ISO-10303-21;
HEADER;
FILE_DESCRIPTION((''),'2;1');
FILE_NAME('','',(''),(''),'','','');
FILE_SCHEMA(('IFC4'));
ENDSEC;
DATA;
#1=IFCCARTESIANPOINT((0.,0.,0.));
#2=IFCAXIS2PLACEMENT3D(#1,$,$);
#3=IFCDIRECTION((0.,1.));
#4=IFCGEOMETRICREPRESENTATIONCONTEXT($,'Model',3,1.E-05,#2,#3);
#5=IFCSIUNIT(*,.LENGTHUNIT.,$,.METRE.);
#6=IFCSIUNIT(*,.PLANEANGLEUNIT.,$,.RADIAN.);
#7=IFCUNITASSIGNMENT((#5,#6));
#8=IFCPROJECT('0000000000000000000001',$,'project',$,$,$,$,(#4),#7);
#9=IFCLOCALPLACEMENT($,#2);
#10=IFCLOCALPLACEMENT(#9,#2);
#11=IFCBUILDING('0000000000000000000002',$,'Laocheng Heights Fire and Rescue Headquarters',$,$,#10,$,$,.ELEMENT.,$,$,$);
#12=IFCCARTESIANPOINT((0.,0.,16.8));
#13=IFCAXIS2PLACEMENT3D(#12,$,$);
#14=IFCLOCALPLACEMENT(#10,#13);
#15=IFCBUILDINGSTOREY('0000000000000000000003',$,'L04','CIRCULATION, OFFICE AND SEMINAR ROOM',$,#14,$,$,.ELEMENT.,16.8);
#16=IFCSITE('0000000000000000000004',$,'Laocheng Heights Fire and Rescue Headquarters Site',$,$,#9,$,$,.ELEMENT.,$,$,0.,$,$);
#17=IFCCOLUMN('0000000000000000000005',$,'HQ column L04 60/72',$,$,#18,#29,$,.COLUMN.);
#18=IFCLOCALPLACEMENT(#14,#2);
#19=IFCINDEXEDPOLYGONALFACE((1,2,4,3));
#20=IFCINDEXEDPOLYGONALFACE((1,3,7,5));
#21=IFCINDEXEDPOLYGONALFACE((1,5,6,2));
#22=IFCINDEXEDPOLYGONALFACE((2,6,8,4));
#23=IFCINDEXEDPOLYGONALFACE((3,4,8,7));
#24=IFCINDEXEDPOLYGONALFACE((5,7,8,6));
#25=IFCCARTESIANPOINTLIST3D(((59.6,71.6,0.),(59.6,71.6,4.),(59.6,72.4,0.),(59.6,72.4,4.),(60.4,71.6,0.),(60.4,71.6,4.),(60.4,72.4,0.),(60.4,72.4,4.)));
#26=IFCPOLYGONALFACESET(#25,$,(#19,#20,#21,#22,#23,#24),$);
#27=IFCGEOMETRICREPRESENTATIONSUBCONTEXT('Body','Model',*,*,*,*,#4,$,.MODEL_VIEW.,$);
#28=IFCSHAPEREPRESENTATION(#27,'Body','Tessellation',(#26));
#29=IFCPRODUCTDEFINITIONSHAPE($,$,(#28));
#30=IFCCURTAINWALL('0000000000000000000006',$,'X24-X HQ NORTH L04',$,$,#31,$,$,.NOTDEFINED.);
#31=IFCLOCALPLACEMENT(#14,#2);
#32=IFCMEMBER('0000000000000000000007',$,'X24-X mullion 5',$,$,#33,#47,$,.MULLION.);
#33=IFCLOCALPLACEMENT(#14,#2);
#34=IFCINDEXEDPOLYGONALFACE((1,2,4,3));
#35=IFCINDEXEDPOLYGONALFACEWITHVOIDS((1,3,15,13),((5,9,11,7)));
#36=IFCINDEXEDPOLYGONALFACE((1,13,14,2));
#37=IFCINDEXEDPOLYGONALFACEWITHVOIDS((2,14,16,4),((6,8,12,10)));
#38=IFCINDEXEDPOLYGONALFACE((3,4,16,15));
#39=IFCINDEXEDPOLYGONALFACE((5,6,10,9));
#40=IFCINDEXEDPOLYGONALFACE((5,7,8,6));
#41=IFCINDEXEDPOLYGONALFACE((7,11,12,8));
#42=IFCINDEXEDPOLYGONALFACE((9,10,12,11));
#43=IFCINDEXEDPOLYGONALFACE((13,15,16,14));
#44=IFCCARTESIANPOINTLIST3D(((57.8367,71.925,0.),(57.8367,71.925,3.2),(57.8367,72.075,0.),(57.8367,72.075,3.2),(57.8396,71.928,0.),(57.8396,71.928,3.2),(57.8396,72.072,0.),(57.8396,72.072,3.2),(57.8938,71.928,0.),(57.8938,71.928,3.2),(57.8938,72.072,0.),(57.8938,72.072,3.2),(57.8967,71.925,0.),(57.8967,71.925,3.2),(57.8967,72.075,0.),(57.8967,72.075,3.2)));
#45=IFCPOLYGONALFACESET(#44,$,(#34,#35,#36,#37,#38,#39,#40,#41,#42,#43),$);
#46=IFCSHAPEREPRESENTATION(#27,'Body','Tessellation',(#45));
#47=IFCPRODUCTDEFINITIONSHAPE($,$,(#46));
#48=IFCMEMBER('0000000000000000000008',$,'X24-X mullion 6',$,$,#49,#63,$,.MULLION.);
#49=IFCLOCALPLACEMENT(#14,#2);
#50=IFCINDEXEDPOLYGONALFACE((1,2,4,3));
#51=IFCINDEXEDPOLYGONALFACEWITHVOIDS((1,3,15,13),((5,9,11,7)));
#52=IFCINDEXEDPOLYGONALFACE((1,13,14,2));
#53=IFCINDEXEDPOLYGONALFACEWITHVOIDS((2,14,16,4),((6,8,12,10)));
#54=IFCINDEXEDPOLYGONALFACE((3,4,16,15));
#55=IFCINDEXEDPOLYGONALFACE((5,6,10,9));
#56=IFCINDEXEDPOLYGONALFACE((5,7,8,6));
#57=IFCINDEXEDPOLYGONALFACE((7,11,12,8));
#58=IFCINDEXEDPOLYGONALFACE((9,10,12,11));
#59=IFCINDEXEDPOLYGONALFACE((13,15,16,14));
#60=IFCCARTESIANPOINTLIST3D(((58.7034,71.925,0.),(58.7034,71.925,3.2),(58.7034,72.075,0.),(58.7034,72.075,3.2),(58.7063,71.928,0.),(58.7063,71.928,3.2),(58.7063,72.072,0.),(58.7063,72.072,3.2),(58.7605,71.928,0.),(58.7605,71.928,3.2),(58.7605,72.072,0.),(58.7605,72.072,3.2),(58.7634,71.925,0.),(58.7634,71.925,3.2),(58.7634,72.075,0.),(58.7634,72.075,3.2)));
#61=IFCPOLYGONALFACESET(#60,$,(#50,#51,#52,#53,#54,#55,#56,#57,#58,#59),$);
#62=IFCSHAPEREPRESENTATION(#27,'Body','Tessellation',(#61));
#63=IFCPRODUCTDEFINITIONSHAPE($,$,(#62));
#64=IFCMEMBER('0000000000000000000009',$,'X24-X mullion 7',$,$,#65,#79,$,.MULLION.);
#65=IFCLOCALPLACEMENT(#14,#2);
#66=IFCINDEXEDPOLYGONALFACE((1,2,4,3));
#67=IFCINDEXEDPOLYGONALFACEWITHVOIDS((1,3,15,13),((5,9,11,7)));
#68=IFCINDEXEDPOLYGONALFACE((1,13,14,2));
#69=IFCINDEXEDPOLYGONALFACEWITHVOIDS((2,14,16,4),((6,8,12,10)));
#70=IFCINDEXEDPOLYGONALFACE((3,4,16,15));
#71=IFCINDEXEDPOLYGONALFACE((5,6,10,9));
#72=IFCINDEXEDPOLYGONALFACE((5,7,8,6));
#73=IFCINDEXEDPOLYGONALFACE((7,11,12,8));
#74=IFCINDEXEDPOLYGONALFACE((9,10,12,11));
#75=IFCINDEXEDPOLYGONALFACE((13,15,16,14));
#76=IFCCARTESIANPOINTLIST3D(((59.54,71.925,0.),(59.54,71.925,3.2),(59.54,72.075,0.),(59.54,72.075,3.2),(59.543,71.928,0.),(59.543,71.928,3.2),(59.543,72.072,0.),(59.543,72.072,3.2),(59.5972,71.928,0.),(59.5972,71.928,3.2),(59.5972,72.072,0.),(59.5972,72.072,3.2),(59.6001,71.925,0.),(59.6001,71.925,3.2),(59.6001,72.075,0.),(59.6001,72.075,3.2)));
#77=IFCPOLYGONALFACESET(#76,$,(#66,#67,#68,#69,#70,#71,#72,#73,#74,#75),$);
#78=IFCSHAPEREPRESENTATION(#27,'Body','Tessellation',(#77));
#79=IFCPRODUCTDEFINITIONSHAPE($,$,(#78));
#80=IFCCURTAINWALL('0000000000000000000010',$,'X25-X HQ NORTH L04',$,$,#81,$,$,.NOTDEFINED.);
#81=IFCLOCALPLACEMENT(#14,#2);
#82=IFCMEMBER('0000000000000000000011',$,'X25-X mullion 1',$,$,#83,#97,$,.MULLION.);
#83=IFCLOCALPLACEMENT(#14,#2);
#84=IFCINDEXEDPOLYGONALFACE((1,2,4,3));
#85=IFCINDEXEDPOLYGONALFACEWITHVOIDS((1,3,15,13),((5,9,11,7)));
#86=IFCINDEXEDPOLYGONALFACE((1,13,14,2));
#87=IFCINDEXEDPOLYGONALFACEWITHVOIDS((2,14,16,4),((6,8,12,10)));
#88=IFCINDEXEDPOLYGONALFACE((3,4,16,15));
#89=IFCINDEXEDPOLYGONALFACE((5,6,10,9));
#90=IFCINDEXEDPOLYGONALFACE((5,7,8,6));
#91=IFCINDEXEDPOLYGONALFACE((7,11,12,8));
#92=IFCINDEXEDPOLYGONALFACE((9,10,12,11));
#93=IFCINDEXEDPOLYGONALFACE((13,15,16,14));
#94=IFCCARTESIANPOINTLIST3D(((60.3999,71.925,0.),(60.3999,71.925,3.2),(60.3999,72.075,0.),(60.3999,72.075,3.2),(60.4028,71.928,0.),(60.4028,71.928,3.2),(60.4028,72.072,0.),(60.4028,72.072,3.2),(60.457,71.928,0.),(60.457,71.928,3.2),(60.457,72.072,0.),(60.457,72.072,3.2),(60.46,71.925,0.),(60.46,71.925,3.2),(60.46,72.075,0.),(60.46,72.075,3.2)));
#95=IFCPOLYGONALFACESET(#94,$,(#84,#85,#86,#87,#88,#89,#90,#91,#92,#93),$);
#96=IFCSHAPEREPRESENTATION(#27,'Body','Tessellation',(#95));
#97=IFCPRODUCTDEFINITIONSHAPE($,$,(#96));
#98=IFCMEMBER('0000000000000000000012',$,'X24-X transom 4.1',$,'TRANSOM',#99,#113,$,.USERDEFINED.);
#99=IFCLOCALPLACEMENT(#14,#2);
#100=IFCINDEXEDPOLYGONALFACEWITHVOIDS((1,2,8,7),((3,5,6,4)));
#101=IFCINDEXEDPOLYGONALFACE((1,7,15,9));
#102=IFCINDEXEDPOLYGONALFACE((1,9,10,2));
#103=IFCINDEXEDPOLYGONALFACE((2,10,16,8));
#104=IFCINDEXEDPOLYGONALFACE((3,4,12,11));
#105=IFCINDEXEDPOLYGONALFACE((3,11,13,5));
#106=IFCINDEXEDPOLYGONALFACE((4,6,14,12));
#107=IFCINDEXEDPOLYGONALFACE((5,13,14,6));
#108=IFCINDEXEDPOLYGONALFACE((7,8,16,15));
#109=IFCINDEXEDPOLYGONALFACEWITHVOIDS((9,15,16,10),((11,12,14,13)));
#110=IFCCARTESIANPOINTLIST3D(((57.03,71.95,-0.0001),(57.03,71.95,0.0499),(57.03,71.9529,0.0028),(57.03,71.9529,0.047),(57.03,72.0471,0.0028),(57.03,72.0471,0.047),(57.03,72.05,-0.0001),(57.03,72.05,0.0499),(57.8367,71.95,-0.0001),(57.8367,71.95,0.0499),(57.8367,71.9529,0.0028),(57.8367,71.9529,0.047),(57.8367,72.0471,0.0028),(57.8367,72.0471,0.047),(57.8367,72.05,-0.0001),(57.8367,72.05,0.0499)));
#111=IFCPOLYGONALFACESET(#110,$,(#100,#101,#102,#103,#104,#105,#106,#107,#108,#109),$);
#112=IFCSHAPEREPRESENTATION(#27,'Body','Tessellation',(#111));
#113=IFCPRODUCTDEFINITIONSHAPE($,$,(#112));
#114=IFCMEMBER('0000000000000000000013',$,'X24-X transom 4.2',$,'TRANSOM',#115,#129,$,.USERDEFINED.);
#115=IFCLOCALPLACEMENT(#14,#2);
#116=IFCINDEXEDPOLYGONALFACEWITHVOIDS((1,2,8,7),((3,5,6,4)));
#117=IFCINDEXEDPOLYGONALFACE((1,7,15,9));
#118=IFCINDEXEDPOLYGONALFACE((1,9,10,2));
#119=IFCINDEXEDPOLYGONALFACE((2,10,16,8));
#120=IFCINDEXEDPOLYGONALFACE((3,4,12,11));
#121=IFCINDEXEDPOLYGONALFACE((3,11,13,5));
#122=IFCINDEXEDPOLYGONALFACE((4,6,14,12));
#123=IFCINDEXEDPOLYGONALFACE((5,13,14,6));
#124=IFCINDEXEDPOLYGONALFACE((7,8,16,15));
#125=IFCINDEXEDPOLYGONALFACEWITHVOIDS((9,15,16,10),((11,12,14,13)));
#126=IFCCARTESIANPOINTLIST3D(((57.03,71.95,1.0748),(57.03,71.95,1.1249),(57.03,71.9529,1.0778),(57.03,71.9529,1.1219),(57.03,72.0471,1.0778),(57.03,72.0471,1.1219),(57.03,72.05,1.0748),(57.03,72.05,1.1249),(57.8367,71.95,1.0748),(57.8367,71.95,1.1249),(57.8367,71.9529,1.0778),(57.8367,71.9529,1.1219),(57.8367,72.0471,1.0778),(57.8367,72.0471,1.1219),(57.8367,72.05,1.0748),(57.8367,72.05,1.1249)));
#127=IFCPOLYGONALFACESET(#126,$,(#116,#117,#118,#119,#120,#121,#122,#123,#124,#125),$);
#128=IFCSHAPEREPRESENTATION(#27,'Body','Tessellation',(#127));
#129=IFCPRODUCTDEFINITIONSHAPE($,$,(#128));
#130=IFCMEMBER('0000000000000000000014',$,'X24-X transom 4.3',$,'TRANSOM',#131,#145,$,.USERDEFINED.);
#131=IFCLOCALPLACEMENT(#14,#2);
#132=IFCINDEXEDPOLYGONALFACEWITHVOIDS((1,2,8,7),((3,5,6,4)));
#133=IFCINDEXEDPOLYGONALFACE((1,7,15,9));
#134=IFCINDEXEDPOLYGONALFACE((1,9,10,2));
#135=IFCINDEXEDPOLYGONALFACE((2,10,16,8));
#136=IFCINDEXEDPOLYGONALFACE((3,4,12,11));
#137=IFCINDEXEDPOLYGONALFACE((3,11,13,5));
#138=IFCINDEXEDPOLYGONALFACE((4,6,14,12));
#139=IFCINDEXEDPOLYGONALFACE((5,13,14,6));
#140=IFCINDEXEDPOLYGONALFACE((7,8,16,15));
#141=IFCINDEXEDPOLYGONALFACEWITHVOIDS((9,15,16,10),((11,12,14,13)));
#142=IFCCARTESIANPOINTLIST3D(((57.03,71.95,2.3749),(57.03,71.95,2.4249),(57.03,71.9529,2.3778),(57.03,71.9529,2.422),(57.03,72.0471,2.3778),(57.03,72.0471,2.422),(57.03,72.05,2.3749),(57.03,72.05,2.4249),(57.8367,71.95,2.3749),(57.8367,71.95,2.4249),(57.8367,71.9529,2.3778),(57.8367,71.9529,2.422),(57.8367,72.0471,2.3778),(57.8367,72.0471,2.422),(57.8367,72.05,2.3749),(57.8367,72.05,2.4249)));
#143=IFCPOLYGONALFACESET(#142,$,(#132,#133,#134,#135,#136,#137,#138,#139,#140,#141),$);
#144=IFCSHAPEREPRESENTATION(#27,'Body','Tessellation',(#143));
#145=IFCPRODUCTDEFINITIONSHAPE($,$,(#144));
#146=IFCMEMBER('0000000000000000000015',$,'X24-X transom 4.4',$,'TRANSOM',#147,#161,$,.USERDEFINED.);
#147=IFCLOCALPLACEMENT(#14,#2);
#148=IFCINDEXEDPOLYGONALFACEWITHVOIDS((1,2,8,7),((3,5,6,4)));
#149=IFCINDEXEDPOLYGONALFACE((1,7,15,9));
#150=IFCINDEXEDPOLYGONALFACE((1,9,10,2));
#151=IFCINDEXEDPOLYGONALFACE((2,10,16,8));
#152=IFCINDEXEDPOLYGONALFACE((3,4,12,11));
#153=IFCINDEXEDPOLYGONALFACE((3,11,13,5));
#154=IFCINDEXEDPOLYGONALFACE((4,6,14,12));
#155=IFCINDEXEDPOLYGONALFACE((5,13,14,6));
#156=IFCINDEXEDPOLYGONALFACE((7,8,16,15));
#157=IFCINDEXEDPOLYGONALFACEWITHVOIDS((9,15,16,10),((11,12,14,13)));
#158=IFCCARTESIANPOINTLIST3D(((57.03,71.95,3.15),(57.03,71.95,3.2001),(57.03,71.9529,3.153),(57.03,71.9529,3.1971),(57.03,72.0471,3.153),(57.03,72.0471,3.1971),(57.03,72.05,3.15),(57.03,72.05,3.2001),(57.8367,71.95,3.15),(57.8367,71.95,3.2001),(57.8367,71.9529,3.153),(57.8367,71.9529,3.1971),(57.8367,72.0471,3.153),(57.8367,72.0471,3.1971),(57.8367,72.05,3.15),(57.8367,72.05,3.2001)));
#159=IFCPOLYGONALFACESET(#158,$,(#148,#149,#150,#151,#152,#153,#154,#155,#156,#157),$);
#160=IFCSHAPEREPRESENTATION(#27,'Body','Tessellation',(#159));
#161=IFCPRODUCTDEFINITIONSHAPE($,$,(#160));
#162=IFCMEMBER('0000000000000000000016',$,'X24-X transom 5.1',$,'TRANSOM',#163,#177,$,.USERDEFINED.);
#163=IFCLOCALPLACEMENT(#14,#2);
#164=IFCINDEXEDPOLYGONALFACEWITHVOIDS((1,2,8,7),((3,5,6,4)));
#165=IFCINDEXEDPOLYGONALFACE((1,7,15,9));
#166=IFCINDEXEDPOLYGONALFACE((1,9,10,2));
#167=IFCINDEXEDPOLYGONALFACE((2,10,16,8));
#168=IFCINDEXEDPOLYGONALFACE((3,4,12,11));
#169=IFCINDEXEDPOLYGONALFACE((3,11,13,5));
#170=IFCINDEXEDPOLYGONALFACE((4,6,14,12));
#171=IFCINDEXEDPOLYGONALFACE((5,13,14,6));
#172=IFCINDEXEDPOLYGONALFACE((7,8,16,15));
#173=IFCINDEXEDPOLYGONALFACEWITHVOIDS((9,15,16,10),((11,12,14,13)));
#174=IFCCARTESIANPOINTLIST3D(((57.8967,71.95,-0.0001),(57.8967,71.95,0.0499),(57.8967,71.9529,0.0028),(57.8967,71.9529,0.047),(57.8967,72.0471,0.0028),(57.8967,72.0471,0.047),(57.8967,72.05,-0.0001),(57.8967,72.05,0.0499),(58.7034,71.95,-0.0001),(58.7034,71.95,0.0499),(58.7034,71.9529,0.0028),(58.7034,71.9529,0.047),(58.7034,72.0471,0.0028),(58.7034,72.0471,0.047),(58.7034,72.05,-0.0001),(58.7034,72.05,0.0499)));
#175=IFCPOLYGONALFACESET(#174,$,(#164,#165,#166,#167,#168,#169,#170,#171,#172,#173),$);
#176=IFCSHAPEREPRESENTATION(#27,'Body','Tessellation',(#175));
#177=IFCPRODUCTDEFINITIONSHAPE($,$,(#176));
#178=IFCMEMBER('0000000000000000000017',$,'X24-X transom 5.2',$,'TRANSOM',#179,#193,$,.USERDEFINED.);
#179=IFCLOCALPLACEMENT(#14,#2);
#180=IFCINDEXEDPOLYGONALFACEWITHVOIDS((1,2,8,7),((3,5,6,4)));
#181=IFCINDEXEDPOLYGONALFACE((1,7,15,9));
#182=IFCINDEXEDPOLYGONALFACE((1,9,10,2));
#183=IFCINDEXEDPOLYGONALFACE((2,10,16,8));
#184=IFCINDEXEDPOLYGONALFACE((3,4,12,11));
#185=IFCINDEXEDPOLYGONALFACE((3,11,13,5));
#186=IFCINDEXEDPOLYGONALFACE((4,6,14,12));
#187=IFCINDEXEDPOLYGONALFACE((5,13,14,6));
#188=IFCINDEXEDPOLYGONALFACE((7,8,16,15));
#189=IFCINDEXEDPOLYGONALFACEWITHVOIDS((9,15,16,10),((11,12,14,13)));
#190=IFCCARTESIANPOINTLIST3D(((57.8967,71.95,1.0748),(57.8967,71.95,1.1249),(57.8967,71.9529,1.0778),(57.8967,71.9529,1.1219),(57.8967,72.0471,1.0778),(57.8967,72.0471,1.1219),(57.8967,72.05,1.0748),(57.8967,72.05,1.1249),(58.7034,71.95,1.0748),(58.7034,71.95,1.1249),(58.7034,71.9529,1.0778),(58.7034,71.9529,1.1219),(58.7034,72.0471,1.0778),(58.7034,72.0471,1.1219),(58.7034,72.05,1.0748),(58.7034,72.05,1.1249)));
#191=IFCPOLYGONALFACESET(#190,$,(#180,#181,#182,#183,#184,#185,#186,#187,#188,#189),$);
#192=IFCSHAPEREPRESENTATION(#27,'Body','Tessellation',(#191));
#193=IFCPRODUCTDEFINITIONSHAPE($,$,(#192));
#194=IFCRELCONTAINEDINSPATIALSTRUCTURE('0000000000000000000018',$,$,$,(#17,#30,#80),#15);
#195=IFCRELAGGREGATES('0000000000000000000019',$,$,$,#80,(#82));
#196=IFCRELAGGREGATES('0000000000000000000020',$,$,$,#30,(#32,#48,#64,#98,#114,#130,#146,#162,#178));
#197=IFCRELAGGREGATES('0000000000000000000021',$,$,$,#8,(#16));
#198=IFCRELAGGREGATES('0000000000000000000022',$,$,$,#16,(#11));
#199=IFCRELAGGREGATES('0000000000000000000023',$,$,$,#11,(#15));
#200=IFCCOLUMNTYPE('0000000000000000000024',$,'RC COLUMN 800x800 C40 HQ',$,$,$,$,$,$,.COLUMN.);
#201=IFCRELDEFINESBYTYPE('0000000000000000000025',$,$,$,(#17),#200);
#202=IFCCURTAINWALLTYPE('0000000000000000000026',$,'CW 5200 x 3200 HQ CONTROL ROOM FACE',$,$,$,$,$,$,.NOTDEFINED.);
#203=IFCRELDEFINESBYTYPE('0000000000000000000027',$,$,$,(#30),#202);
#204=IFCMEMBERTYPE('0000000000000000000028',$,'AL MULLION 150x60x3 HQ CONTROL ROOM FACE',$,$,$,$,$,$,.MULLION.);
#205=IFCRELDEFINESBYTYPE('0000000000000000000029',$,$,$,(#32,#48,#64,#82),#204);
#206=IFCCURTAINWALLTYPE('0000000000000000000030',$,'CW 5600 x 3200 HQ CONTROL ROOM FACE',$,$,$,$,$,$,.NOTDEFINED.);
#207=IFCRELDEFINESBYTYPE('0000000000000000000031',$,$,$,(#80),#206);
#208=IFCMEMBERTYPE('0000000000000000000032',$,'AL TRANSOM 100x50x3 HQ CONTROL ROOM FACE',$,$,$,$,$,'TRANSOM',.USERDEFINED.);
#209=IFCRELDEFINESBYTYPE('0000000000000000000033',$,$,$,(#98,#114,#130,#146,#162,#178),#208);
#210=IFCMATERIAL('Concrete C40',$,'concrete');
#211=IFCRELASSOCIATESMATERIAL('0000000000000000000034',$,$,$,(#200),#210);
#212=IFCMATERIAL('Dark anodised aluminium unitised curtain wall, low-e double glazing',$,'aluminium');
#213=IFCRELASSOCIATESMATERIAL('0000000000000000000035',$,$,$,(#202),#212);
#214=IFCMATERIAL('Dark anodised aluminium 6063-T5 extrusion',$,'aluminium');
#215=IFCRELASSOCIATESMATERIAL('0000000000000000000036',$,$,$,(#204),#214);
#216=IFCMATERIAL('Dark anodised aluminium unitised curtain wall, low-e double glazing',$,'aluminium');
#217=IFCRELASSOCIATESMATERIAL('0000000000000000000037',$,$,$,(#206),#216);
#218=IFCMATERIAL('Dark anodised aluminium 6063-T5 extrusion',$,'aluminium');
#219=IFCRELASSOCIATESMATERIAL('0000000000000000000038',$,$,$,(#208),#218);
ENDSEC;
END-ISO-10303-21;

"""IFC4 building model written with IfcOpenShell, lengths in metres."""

from ifc_helpers import new_model, si_unit, direction, frame, origin, origin_2d, place, context, subcontext, project, spatial, rectangle, hollow_rectangle, extrude, material, material_profile, profile_set, type_object, element, aggregate, save


model = new_model("IFC4")

# Units and contexts
model_context = context("Model", 3, precision=1e-05, world=origin(), true_north=direction((0.0, 1.0)))
body_context = subcontext(model_context, "Body", "Model", "MODEL_VIEW")
ifc_project = project(units=[si_unit("LENGTHUNIT", "METRE"), si_unit("PLANEANGLEUNIT", "RADIAN")], contexts=[model_context])

# Site, building, storey
site_placement = place(None, origin())
site = spatial("IfcSite", under=ifc_project, at=site_placement, Name="Laocheng Heights Fire and Rescue Headquarters Site", CompositionType="ELEMENT", RefElevation=0.0)
building_placement = place(site_placement, origin())
building = spatial("IfcBuilding", under=site, at=building_placement, Name="Laocheng Heights Fire and Rescue Headquarters", CompositionType="ELEMENT")
storey_placement = place(building_placement, frame((0.0, 0.0, 16.8)))
storey = spatial("IfcBuildingStorey", under=building, at=storey_placement, Name="L04", Description="CIRCULATION, OFFICE AND SEMINAR ROOM", CompositionType="ELEMENT", Elevation=16.8)

# Column
ifc_material_1 = material(Name="Concrete C40", Category="concrete")
ifc_material_profile_1 = material_profile(ifc_material_1, rectangle(XDim=0.8, YDim=0.8, at=origin_2d()), Name="RC COLUMN 800x800 C40 HQ")
ifc_profile_set_1 = profile_set([ifc_material_profile_1], Name="Concrete C40")
column_type = type_object("IfcColumnType", Name="RC COLUMN 800x800 C40 HQ", PredefinedType="COLUMN", material=ifc_profile_set_1)
column_placement = place(storey_placement, frame((60.0, 72.0, 0.0), z_axis=(0.0, 0.0, 1.0), x_axis=(1.0, 0.0, 0.0)))
element("IfcColumn", 1, at=column_placement, inside=storey, type_object=column_type, Name="HQ column L04 60/72", PredefinedType="COLUMN", context=body_context, shape_type="SweptSolid", body=[
    extrude(rectangle(XDim=0.8, YDim=0.8, at=origin_2d()), origin(), (0.0, 0.0, 1.0), 4.0),
])

# Curtain wall, members
ifc_material_2 = material(Name="Dark anodised aluminium unitised curtain wall, low-e double glazing", Category="aluminium")
curtain_wall_type_1 = type_object("IfcCurtainWallType", Name="CW 5200 x 3200 HQ CONTROL ROOM FACE", PredefinedType="NOTDEFINED", material=ifc_material_2)
curtain_wall_1_placement = place(storey_placement, origin())
curtain_wall_1 = element("IfcCurtainWall", 2, at=curtain_wall_1_placement, inside=storey, type_object=curtain_wall_type_1, Name="X24-X HQ NORTH L04", PredefinedType="NOTDEFINED")
ifc_material_3 = material(Name="Dark anodised aluminium 6063-T5 extrusion", Category="aluminium")
ifc_material_profile_2 = material_profile(ifc_material_3, hollow_rectangle(XDim=0.1499, YDim=0.0601, WallThickness=0.0029, at=origin_2d()), Name="AL MULLION 150x60x3 HQ CONTROL ROOM FACE")
ifc_profile_set_2 = profile_set([ifc_material_profile_2], Name="Dark anodised aluminium 6063-T5 extrusion")
member_type_1 = type_object("IfcMemberType", Name="AL MULLION 150x60x3 HQ CONTROL ROOM FACE", PredefinedType="MULLION", material=ifc_profile_set_2)
member_1_placement = place(storey_placement, frame((57.8667, 72.0, 0.0), z_axis=(0.0, 0.0, 1.0), x_axis=(0.0, 1.0, 0.0)))
member_1 = element("IfcMember", 3, at=member_1_placement, type_object=member_type_1, Name="X24-X mullion 5", PredefinedType="MULLION", context=body_context, shape_type="SweptSolid", body=[
    extrude(hollow_rectangle(XDim=0.1499, YDim=0.0601, WallThickness=0.0029, at=origin_2d()), origin(), (0.0, 0.0, 1.0), 3.2),
])
member_2_placement = place(storey_placement, frame((58.7334, 72.0, 0.0), z_axis=(0.0, 0.0, 1.0), x_axis=(0.0, 1.0, 0.0)))
member_2 = element("IfcMember", 4, at=member_2_placement, type_object=member_type_1, Name="X24-X mullion 6", PredefinedType="MULLION", context=body_context, shape_type="SweptSolid", body=[
    extrude(hollow_rectangle(XDim=0.1499, YDim=0.0601, WallThickness=0.0029, at=origin_2d()), origin(), (0.0, 0.0, 1.0), 3.2),
])
member_3_placement = place(storey_placement, frame((59.5701, 72.0, 0.0), z_axis=(0.0, 0.0, 1.0), x_axis=(0.0, 1.0, 0.0)))
member_3 = element("IfcMember", 5, at=member_3_placement, type_object=member_type_1, Name="X24-X mullion 7", PredefinedType="MULLION", context=body_context, shape_type="SweptSolid", body=[
    extrude(hollow_rectangle(XDim=0.1499, YDim=0.0601, WallThickness=0.0029, at=origin_2d()), origin(), (0.0, 0.0, 1.0), 3.2),
])

# Curtain wall, member
ifc_material_4 = material(Name="Dark anodised aluminium unitised curtain wall, low-e double glazing", Category="aluminium")
curtain_wall_type_2 = type_object("IfcCurtainWallType", Name="CW 5600 x 3200 HQ CONTROL ROOM FACE", PredefinedType="NOTDEFINED", material=ifc_material_4)
curtain_wall_2_placement = place(storey_placement, origin())
curtain_wall_2 = element("IfcCurtainWall", 6, at=curtain_wall_2_placement, inside=storey, type_object=curtain_wall_type_2, Name="X25-X HQ NORTH L04", PredefinedType="NOTDEFINED")
member_4_placement = place(storey_placement, frame((60.4299, 72.0, 0.0), z_axis=(0.0, 0.0, 1.0), x_axis=(0.0, 1.0, 0.0)))
member_4 = element("IfcMember", 7, at=member_4_placement, type_object=member_type_1, Name="X25-X mullion 1", PredefinedType="MULLION", context=body_context, shape_type="SweptSolid", body=[
    extrude(hollow_rectangle(XDim=0.1499, YDim=0.0601, WallThickness=0.0029, at=origin_2d()), origin(), (0.0, 0.0, 1.0), 3.2),
])

# Members
ifc_material_5 = material(Name="Dark anodised aluminium 6063-T5 extrusion", Category="aluminium")
ifc_material_profile_3 = material_profile(ifc_material_5, hollow_rectangle(XDim=0.1001, YDim=0.05, WallThickness=0.0029, at=origin_2d()), Name="AL TRANSOM 100x50x3 HQ CONTROL ROOM FACE")
ifc_profile_set_3 = profile_set([ifc_material_profile_3], Name="Dark anodised aluminium 6063-T5 extrusion")
member_type_2 = type_object("IfcMemberType", Name="AL TRANSOM 100x50x3 HQ CONTROL ROOM FACE", ElementType="TRANSOM", PredefinedType="USERDEFINED", material=ifc_profile_set_3)
member_5_placement = place(storey_placement, frame((57.03, 72.0, 0.0249), z_axis=(1.0, 0.0, 0.0), x_axis=(0.0, 1.0, 0.0)))
member_5 = element("IfcMember", 8, at=member_5_placement, type_object=member_type_2, Name="X24-X transom 4.1", ObjectType="TRANSOM", PredefinedType="USERDEFINED", context=body_context, shape_type="SweptSolid", body=[
    extrude(hollow_rectangle(XDim=0.1001, YDim=0.05, WallThickness=0.0029, at=origin_2d()), origin(), (0.0, 0.0, 1.0), 0.8066),
])
member_6_placement = place(storey_placement, frame((57.03, 72.0, 1.0999), z_axis=(1.0, 0.0, 0.0), x_axis=(0.0, 1.0, 0.0)))
member_6 = element("IfcMember", 9, at=member_6_placement, type_object=member_type_2, Name="X24-X transom 4.2", ObjectType="TRANSOM", PredefinedType="USERDEFINED", context=body_context, shape_type="SweptSolid", body=[
    extrude(hollow_rectangle(XDim=0.1001, YDim=0.05, WallThickness=0.0029, at=origin_2d()), origin(), (0.0, 0.0, 1.0), 0.8066),
])
member_7_placement = place(storey_placement, frame((57.03, 72.0, 2.3999), z_axis=(1.0, 0.0, 0.0), x_axis=(0.0, 1.0, 0.0)))
member_7 = element("IfcMember", 10, at=member_7_placement, type_object=member_type_2, Name="X24-X transom 4.3", ObjectType="TRANSOM", PredefinedType="USERDEFINED", context=body_context, shape_type="SweptSolid", body=[
    extrude(hollow_rectangle(XDim=0.1001, YDim=0.05, WallThickness=0.0029, at=origin_2d()), origin(), (0.0, 0.0, 1.0), 0.8066),
])
member_8_placement = place(storey_placement, frame((57.03, 72.0, 3.175), z_axis=(1.0, 0.0, 0.0), x_axis=(0.0, 1.0, 0.0)))
member_8 = element("IfcMember", 11, at=member_8_placement, type_object=member_type_2, Name="X24-X transom 4.4", ObjectType="TRANSOM", PredefinedType="USERDEFINED", context=body_context, shape_type="SweptSolid", body=[
    extrude(hollow_rectangle(XDim=0.1001, YDim=0.05, WallThickness=0.0029, at=origin_2d()), origin(), (0.0, 0.0, 1.0), 0.8066),
])
member_9_placement = place(storey_placement, frame((57.8967, 72.0, 0.0249), z_axis=(1.0, 0.0, 0.0), x_axis=(0.0, 1.0, 0.0)))
member_9 = element("IfcMember", 12, at=member_9_placement, type_object=member_type_2, Name="X24-X transom 5.1", ObjectType="TRANSOM", PredefinedType="USERDEFINED", context=body_context, shape_type="SweptSolid", body=[
    extrude(hollow_rectangle(XDim=0.1001, YDim=0.05, WallThickness=0.0029, at=origin_2d()), origin(), (0.0, 0.0, 1.0), 0.8066),
])
member_10_placement = place(storey_placement, frame((57.8967, 72.0, 1.0999), z_axis=(1.0, 0.0, 0.0), x_axis=(0.0, 1.0, 0.0)))
member_10 = element("IfcMember", 13, at=member_10_placement, type_object=member_type_2, Name="X24-X transom 5.2", ObjectType="TRANSOM", PredefinedType="USERDEFINED", context=body_context, shape_type="SweptSolid", body=[
    extrude(hollow_rectangle(XDim=0.1001, YDim=0.05, WallThickness=0.0029, at=origin_2d()), origin(), (0.0, 0.0, 1.0), 0.8066),
])
aggregate(curtain_wall_2, [member_4])

aggregate(curtain_wall_1, [member_1, member_2, member_3, member_5, member_6, member_7, member_8, member_9, member_10])

save(model, "model.ifc")
